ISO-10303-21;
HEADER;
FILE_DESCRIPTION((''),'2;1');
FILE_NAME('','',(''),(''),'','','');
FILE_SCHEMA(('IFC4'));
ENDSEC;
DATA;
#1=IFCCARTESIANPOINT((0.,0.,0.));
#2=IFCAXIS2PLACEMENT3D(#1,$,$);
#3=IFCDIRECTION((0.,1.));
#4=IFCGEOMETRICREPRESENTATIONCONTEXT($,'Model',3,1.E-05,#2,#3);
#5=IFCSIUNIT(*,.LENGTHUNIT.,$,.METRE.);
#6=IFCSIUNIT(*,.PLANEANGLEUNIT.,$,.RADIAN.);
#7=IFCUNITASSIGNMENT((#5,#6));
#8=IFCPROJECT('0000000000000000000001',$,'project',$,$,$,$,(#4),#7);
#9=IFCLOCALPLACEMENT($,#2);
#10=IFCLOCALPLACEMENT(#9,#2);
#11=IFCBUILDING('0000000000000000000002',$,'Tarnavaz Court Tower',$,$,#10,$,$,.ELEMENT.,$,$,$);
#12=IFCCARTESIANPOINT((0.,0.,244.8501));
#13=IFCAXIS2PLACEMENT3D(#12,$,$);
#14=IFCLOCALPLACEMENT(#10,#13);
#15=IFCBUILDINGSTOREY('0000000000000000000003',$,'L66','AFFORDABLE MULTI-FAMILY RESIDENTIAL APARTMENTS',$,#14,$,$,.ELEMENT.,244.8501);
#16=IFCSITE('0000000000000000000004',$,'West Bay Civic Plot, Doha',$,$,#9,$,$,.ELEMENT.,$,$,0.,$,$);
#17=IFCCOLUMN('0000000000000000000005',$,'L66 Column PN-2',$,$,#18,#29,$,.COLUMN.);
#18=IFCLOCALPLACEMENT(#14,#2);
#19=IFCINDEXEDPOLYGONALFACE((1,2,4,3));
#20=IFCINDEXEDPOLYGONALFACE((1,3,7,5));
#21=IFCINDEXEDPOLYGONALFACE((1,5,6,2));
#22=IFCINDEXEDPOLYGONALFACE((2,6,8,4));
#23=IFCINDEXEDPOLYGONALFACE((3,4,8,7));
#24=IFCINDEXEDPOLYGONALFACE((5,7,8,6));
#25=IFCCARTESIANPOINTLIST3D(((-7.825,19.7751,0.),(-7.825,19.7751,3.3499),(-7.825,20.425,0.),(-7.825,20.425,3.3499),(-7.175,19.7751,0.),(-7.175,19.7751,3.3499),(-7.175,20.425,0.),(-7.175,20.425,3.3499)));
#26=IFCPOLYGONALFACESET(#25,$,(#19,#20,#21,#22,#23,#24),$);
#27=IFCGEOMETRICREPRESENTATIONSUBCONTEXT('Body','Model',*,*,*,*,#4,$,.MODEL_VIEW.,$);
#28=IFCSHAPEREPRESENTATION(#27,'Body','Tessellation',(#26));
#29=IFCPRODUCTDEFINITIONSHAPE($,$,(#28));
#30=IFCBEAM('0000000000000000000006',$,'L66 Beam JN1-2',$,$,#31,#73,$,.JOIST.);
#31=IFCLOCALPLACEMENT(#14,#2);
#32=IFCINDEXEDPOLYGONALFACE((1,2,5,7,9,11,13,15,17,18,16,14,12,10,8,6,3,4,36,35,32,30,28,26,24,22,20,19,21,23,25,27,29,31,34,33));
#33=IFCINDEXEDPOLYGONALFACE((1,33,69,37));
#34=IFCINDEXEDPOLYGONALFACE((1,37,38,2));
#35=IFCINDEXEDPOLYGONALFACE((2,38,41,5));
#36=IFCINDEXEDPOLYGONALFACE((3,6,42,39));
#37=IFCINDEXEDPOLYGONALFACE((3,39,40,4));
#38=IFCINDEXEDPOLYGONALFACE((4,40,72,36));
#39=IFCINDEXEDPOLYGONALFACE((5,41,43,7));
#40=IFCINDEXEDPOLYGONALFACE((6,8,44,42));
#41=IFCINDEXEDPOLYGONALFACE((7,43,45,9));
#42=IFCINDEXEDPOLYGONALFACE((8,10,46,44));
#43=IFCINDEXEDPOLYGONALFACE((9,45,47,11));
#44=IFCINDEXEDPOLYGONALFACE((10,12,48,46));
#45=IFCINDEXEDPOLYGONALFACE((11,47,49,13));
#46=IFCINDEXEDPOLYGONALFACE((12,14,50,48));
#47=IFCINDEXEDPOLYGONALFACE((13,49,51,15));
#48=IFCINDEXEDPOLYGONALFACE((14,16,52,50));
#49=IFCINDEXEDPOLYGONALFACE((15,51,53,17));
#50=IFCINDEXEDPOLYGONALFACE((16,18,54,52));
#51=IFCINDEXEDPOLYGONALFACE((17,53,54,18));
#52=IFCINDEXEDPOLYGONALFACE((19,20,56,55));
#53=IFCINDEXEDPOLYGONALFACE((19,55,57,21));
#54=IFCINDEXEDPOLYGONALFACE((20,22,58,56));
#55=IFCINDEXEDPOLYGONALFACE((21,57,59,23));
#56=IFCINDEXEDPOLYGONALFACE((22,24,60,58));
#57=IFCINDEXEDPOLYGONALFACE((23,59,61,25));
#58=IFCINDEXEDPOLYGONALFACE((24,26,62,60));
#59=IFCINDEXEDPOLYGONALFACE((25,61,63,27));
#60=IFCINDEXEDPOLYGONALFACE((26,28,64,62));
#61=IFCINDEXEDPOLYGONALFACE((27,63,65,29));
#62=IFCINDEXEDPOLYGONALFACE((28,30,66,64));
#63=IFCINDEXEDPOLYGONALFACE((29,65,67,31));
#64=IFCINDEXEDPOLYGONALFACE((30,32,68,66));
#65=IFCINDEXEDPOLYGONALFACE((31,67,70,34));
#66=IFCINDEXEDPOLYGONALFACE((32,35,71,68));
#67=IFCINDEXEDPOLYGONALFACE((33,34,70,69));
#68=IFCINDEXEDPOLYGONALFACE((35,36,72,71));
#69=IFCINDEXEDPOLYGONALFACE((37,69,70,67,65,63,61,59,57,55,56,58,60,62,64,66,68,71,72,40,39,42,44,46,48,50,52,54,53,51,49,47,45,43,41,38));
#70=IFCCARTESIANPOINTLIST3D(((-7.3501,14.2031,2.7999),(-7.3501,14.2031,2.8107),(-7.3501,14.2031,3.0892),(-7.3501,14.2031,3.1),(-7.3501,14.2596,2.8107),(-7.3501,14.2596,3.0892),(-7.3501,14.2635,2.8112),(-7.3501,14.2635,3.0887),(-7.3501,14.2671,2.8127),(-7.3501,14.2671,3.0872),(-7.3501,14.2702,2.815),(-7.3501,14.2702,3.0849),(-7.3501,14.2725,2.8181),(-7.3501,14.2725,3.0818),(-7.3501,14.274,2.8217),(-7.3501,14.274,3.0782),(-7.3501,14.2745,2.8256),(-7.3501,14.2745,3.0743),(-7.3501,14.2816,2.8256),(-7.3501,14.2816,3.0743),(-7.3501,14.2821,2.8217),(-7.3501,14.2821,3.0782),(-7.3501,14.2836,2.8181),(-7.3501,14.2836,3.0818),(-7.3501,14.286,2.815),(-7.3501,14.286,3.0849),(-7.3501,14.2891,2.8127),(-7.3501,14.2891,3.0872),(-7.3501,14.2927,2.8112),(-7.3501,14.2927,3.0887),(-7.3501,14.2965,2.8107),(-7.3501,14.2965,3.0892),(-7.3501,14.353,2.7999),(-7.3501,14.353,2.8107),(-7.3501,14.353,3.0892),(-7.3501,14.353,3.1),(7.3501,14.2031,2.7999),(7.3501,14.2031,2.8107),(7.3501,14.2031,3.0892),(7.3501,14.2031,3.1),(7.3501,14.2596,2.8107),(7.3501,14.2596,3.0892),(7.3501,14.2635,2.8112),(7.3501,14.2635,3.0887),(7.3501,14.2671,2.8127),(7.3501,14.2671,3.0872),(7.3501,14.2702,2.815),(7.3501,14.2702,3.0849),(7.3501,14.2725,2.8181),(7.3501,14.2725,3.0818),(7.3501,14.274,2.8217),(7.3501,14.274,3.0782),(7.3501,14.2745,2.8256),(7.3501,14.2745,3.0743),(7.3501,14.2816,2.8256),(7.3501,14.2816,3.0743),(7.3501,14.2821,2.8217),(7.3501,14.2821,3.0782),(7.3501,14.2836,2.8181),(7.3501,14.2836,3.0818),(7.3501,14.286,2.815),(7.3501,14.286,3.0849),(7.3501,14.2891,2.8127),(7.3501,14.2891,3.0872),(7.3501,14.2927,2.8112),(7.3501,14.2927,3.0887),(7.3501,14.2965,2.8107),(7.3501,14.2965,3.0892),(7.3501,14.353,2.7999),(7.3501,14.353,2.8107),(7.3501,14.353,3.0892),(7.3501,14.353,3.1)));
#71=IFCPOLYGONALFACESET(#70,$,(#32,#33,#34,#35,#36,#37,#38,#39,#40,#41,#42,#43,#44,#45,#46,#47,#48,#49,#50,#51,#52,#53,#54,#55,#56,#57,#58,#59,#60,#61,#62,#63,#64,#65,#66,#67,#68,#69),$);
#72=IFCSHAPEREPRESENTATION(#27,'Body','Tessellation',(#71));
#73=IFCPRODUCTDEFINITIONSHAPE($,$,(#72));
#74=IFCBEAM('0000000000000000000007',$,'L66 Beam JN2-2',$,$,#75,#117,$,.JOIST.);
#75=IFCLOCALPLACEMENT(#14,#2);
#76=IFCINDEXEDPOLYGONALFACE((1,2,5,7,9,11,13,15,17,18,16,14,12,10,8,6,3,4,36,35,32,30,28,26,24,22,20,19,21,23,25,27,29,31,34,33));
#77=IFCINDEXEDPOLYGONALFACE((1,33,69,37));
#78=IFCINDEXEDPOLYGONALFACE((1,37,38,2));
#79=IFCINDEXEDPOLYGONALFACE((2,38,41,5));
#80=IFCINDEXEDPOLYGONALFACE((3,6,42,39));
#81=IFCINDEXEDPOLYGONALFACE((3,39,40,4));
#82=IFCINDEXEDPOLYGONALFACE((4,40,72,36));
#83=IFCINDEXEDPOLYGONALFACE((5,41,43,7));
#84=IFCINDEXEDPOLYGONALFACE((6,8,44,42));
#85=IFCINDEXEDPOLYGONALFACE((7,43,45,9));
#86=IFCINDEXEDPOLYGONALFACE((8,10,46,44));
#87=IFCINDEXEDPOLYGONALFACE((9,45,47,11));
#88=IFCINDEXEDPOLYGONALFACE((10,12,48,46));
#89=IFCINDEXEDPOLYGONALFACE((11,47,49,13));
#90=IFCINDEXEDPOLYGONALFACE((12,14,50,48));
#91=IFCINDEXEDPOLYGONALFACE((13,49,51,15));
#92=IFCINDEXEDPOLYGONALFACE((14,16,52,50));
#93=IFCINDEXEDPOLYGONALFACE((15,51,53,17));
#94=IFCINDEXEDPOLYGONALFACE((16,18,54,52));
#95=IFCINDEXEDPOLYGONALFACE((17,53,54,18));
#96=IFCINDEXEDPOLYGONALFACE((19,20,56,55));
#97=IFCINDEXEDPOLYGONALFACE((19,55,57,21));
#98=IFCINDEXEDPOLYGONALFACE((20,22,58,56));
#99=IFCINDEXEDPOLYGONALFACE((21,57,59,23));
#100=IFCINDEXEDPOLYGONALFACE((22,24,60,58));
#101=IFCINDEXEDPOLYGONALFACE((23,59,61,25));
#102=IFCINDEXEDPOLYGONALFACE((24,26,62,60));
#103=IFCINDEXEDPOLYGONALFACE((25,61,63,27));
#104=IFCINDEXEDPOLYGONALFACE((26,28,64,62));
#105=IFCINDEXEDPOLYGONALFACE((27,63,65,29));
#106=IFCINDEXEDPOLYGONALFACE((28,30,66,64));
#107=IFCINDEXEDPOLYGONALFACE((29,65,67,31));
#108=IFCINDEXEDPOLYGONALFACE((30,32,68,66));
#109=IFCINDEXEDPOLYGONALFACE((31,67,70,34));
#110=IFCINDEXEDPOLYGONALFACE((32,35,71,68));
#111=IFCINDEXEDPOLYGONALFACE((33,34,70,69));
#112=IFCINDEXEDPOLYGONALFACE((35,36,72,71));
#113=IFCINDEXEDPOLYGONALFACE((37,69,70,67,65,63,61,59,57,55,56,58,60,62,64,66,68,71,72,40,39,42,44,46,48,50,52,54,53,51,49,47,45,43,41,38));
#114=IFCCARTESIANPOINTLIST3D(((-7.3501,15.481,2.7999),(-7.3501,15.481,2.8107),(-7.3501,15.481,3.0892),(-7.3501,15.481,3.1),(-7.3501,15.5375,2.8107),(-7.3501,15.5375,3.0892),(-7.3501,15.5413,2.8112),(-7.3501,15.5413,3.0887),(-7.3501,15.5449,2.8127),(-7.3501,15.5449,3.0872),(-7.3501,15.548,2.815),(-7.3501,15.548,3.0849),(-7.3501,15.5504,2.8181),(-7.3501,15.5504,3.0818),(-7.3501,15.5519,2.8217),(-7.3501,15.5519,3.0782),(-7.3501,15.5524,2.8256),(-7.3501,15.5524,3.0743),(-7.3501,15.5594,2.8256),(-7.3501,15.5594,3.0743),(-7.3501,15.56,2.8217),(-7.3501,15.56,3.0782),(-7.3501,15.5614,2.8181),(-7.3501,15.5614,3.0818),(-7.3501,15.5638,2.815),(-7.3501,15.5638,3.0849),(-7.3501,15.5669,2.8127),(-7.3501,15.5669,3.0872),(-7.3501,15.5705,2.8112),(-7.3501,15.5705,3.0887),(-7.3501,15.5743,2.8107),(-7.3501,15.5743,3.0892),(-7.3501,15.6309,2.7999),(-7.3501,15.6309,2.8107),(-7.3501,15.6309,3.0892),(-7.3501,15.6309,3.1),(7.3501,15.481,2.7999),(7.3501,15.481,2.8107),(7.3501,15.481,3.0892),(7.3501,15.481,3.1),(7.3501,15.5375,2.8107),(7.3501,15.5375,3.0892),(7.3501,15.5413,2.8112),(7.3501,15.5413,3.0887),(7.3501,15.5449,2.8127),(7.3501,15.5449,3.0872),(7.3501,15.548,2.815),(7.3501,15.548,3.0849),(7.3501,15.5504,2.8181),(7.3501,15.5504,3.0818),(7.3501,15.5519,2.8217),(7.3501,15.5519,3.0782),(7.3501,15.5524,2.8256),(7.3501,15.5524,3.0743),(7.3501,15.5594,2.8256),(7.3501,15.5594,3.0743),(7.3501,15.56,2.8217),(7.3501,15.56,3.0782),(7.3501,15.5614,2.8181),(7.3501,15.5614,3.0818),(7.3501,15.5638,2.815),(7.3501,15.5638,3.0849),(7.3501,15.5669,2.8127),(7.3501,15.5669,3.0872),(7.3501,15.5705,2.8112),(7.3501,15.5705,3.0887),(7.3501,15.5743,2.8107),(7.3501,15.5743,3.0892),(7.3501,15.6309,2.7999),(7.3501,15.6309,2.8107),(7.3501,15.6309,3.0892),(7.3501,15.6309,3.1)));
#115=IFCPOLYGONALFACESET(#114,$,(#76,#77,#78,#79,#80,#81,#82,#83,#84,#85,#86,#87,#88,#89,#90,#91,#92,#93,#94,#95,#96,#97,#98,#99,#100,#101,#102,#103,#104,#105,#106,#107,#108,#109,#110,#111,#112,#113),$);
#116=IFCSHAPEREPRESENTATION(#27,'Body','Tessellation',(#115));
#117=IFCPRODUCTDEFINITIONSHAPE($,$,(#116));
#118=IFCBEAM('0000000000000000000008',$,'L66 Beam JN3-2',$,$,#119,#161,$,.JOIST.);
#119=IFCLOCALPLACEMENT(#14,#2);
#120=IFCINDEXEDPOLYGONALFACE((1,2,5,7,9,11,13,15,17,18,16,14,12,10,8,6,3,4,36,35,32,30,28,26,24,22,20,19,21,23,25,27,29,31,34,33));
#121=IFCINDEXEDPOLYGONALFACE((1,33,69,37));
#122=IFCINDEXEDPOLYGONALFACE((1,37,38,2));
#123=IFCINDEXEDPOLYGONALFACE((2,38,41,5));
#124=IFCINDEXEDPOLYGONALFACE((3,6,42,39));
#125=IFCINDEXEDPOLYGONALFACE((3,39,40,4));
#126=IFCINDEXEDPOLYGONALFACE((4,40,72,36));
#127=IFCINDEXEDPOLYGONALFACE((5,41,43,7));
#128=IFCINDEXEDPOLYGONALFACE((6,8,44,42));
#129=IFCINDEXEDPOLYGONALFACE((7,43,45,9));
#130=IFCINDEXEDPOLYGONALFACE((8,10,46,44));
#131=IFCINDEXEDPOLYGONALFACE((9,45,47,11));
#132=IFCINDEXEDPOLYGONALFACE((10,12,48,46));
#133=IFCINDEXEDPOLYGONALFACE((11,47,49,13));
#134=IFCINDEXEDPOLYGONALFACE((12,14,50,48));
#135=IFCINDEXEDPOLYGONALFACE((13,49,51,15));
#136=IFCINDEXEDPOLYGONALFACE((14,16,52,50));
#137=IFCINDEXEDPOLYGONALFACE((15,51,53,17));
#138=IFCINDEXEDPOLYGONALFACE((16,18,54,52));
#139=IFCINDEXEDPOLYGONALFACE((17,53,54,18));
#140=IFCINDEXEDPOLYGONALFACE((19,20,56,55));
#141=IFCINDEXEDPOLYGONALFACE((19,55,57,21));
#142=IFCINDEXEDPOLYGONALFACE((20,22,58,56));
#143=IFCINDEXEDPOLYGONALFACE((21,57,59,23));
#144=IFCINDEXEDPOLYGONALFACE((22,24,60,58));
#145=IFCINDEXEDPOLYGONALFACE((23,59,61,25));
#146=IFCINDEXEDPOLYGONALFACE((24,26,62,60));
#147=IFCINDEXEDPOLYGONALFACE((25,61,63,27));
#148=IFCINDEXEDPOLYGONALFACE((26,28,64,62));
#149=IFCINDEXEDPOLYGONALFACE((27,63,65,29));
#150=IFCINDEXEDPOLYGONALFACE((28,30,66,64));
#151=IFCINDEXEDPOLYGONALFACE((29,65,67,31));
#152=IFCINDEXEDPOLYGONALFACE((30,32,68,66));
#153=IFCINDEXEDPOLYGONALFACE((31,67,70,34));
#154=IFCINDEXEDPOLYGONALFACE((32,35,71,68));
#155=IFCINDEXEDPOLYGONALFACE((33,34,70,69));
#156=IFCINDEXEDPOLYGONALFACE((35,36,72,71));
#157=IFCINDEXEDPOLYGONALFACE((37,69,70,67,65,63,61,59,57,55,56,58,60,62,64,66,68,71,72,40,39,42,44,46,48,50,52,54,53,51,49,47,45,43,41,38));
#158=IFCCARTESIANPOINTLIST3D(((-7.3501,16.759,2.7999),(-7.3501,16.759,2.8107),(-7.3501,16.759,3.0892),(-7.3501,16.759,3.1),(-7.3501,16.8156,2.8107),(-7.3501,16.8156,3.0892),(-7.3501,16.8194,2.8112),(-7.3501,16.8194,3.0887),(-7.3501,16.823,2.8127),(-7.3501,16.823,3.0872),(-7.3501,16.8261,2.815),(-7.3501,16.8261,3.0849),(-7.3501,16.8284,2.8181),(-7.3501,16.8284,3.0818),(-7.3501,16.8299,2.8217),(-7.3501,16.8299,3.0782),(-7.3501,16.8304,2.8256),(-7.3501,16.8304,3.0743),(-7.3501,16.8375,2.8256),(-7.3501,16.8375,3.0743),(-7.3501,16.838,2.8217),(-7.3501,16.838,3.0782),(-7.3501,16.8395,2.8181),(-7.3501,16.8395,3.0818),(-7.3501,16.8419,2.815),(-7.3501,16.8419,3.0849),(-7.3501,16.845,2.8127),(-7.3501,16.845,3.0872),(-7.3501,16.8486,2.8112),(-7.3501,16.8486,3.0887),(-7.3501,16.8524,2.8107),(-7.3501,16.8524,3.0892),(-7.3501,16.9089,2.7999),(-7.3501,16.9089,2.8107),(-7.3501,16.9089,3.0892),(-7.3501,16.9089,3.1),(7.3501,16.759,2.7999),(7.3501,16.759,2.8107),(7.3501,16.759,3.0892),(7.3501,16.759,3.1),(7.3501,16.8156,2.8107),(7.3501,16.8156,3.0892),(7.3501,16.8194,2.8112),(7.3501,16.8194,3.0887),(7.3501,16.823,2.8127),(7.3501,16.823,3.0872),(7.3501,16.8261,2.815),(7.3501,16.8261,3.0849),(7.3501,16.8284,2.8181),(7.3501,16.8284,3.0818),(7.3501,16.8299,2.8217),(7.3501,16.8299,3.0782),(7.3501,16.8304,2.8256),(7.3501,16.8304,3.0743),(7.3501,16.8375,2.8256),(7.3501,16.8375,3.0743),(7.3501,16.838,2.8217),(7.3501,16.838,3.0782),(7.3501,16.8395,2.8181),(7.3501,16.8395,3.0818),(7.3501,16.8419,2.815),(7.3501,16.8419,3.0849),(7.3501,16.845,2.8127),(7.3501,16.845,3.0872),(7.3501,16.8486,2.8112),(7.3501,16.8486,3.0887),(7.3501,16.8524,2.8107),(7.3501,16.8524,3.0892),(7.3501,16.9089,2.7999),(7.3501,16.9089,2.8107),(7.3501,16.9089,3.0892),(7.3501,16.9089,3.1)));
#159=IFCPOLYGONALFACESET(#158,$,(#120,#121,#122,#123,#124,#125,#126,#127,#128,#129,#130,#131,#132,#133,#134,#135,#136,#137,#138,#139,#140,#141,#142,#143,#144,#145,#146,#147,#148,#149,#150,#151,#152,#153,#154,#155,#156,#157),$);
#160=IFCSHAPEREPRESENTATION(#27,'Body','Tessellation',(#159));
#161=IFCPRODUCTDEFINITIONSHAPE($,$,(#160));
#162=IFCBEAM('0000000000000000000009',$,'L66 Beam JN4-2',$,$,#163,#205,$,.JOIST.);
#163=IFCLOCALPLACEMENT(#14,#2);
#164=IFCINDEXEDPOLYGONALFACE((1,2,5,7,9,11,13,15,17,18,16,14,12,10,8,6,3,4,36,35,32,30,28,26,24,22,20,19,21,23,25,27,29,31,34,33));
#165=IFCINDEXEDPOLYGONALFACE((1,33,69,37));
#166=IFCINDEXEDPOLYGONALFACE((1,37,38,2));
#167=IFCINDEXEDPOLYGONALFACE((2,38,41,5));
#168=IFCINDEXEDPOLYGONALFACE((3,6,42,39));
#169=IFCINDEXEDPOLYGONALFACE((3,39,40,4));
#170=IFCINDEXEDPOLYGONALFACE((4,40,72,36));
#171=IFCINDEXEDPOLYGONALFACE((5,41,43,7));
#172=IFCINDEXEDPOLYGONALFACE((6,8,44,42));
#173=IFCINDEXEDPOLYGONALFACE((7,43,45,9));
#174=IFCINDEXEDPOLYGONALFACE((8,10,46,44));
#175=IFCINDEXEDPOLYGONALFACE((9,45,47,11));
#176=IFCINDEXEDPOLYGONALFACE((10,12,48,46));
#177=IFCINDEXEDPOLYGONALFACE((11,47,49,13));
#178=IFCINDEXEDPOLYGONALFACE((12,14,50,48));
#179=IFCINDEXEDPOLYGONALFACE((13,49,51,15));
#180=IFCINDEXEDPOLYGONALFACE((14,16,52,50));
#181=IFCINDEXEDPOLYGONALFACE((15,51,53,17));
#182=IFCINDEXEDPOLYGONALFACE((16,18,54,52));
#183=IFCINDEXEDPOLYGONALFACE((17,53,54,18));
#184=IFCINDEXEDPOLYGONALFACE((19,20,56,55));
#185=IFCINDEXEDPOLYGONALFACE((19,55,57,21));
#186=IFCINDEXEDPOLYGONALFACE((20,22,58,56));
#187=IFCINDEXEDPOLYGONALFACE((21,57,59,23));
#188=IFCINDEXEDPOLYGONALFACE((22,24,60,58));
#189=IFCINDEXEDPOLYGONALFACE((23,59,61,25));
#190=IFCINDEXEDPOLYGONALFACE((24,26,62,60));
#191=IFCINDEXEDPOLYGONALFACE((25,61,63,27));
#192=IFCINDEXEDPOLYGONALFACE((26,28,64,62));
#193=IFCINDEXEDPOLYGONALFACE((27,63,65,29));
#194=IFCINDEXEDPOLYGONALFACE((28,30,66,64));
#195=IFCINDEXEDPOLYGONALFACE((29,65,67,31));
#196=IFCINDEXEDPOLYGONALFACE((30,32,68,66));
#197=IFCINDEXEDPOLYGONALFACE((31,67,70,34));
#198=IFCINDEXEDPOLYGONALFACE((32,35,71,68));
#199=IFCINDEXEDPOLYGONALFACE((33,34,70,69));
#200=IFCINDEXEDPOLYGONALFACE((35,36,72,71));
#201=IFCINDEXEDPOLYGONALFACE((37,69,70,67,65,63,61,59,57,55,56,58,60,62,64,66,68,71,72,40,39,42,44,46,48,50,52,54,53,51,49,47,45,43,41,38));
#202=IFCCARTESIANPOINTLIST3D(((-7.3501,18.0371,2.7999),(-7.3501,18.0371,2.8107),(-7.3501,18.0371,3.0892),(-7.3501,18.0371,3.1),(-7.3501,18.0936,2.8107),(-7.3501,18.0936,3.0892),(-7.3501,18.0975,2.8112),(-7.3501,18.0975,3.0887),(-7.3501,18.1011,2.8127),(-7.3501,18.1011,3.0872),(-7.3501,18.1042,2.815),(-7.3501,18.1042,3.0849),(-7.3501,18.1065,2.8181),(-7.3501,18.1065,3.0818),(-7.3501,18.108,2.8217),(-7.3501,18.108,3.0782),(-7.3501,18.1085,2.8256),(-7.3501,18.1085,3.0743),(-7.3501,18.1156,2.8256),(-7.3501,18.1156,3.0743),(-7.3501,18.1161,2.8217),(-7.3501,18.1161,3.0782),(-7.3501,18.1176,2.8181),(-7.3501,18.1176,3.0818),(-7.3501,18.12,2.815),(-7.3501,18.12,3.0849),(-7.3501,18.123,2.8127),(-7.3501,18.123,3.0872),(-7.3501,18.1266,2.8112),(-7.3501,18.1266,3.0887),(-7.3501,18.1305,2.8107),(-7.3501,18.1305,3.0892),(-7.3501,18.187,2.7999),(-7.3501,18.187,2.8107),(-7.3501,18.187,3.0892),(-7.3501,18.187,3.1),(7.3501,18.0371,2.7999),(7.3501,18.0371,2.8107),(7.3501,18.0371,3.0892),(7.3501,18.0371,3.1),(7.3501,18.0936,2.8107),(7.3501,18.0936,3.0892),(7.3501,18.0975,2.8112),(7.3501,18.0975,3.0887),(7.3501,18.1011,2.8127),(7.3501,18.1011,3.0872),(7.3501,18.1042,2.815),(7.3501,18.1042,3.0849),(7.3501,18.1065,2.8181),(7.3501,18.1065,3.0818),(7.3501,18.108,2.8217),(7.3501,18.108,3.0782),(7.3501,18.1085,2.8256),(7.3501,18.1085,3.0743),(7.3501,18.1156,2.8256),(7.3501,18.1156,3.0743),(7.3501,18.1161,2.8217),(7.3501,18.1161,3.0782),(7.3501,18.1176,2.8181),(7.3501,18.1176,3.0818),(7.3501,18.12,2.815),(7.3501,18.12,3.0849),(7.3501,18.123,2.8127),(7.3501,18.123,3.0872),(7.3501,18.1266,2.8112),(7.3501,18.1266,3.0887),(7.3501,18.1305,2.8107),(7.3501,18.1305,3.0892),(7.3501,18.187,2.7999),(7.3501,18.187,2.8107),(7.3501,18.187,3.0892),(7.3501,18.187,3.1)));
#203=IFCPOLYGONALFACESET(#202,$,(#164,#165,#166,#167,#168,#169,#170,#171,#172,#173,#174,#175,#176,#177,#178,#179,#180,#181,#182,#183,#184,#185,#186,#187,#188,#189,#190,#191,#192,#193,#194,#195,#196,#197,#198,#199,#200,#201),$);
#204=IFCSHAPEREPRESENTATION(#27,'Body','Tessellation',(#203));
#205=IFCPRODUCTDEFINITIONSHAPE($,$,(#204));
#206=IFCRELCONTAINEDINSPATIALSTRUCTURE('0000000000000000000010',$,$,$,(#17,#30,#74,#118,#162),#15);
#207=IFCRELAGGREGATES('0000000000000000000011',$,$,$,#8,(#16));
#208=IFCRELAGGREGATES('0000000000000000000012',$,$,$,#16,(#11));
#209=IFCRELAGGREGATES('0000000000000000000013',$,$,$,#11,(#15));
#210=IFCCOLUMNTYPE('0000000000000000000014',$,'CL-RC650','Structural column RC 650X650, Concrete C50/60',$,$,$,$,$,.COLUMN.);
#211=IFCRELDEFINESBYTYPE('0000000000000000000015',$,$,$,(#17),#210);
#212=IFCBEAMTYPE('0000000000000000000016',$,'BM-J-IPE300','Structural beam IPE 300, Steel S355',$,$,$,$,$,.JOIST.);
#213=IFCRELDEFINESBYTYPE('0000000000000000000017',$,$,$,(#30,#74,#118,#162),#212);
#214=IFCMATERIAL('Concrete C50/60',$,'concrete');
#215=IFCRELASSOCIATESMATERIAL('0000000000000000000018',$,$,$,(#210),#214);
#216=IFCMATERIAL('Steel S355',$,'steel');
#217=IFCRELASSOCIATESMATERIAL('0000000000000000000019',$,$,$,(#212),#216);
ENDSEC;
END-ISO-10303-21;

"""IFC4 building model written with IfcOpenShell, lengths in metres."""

from ifc_helpers import new_model, si_unit, direction, frame, origin, origin_2d, place, context, subcontext, project, spatial, rectangle, i_section, extrude, material, material_profile, profile_set, type_object, element, save


model = new_model("IFC4")

# Units and contexts
model_context = context("Model", 3, precision=1e-05, world=origin(), true_north=direction((0.0, 1.0)))
body_context = subcontext(model_context, "Body", "Model", "MODEL_VIEW")
ifc_project = project(units=[si_unit("LENGTHUNIT", "METRE"), si_unit("PLANEANGLEUNIT", "RADIAN")], contexts=[model_context])

# Site, building, storey
site_placement = place(None, origin())
site = spatial("IfcSite", under=ifc_project, at=site_placement, Name="West Bay Civic Plot, Doha", CompositionType="ELEMENT", RefElevation=0.0)
building_placement = place(site_placement, origin())
building = spatial("IfcBuilding", under=site, at=building_placement, Name="Tarnavaz Court Tower", CompositionType="ELEMENT")
storey_placement = place(building_placement, frame((0.0, 0.0, 244.8501)))
storey = spatial("IfcBuildingStorey", under=building, at=storey_placement, Name="L66", Description="AFFORDABLE MULTI-FAMILY RESIDENTIAL APARTMENTS", CompositionType="ELEMENT", Elevation=244.8501)

# Column
ifc_material_1 = material(Name="Concrete C50/60", Category="concrete")
ifc_material_profile_1 = material_profile(ifc_material_1, rectangle(XDim=0.6499, YDim=0.6499, at=origin_2d()), Name="RC 650X650")
ifc_profile_set_1 = profile_set([ifc_material_profile_1], Name="Concrete C50/60")
column_type = type_object("IfcColumnType", Name="CL-RC650", Description="Structural column RC 650X650, Concrete C50/60", PredefinedType="COLUMN", material=ifc_profile_set_1)
column_placement = place(storey_placement, frame((-7.5, 20.1001, 0.0), z_axis=(0.0, 0.0, 1.0), x_axis=(1.0, 0.0, 0.0)))
element("IfcColumn", 1, at=column_placement, inside=storey, type_object=column_type, Name="L66 Column PN-2", PredefinedType="COLUMN", context=body_context, shape_type="SweptSolid", body=[
    extrude(rectangle(XDim=0.6499, YDim=0.6499, at=origin_2d()), origin(), (0.0, 0.0, 1.0), 3.3499),
])

# Beams
ifc_material_2 = material(Name="Steel S355", Category="steel")
ifc_material_profile_2 = material_profile(ifc_material_2, i_section(OverallWidth=0.1499, OverallDepth=0.3, WebThickness=0.0071, FlangeThickness=0.0107, FilletRadius=0.0149, at=origin_2d()), Name="IPE 300")
ifc_profile_set_2 = profile_set([ifc_material_profile_2], Name="Steel S355")
beam_type_1 = type_object("IfcBeamType", Name="BM-J-IPE300", Description="Structural beam IPE 300, Steel S355", PredefinedType="JOIST", material=ifc_profile_set_2)
for number, where, z_axis, x_axis, name in (
    (2, (-7.3501, 14.2781, 2.95), (1.0, 0.0, 0.0), (0.0, 1.0, 0.0), "L66 Beam JN1-2"),
    (3, (-7.3501, 15.5559, 2.95), (1.0, 0.0, 0.0), (0.0, 1.0, 0.0), "L66 Beam JN2-2"),
    (4, (-7.3501, 16.834, 2.95), (1.0, 0.0, 0.0), (0.0, 1.0, 0.0), "L66 Beam JN3-2"),
    (5, (-7.3501, 18.1121, 2.95), (1.0, 0.0, 0.0), (0.0, 1.0, 0.0), "L66 Beam JN4-2"),
):
    element("IfcBeam", number, at=place(storey_placement, frame(where, z_axis=z_axis, x_axis=x_axis)), inside=storey, type_object=beam_type_1, Name=name, PredefinedType="JOIST", context=body_context, shape_type="SweptSolid", body=[
        extrude(i_section(OverallWidth=0.1499, OverallDepth=0.3, WebThickness=0.0071, FlangeThickness=0.0107, FilletRadius=0.0149, at=origin_2d()), origin(), (0.0, 0.0, 1.0), 14.7002),
    ])

save(model, "model.ifc")
